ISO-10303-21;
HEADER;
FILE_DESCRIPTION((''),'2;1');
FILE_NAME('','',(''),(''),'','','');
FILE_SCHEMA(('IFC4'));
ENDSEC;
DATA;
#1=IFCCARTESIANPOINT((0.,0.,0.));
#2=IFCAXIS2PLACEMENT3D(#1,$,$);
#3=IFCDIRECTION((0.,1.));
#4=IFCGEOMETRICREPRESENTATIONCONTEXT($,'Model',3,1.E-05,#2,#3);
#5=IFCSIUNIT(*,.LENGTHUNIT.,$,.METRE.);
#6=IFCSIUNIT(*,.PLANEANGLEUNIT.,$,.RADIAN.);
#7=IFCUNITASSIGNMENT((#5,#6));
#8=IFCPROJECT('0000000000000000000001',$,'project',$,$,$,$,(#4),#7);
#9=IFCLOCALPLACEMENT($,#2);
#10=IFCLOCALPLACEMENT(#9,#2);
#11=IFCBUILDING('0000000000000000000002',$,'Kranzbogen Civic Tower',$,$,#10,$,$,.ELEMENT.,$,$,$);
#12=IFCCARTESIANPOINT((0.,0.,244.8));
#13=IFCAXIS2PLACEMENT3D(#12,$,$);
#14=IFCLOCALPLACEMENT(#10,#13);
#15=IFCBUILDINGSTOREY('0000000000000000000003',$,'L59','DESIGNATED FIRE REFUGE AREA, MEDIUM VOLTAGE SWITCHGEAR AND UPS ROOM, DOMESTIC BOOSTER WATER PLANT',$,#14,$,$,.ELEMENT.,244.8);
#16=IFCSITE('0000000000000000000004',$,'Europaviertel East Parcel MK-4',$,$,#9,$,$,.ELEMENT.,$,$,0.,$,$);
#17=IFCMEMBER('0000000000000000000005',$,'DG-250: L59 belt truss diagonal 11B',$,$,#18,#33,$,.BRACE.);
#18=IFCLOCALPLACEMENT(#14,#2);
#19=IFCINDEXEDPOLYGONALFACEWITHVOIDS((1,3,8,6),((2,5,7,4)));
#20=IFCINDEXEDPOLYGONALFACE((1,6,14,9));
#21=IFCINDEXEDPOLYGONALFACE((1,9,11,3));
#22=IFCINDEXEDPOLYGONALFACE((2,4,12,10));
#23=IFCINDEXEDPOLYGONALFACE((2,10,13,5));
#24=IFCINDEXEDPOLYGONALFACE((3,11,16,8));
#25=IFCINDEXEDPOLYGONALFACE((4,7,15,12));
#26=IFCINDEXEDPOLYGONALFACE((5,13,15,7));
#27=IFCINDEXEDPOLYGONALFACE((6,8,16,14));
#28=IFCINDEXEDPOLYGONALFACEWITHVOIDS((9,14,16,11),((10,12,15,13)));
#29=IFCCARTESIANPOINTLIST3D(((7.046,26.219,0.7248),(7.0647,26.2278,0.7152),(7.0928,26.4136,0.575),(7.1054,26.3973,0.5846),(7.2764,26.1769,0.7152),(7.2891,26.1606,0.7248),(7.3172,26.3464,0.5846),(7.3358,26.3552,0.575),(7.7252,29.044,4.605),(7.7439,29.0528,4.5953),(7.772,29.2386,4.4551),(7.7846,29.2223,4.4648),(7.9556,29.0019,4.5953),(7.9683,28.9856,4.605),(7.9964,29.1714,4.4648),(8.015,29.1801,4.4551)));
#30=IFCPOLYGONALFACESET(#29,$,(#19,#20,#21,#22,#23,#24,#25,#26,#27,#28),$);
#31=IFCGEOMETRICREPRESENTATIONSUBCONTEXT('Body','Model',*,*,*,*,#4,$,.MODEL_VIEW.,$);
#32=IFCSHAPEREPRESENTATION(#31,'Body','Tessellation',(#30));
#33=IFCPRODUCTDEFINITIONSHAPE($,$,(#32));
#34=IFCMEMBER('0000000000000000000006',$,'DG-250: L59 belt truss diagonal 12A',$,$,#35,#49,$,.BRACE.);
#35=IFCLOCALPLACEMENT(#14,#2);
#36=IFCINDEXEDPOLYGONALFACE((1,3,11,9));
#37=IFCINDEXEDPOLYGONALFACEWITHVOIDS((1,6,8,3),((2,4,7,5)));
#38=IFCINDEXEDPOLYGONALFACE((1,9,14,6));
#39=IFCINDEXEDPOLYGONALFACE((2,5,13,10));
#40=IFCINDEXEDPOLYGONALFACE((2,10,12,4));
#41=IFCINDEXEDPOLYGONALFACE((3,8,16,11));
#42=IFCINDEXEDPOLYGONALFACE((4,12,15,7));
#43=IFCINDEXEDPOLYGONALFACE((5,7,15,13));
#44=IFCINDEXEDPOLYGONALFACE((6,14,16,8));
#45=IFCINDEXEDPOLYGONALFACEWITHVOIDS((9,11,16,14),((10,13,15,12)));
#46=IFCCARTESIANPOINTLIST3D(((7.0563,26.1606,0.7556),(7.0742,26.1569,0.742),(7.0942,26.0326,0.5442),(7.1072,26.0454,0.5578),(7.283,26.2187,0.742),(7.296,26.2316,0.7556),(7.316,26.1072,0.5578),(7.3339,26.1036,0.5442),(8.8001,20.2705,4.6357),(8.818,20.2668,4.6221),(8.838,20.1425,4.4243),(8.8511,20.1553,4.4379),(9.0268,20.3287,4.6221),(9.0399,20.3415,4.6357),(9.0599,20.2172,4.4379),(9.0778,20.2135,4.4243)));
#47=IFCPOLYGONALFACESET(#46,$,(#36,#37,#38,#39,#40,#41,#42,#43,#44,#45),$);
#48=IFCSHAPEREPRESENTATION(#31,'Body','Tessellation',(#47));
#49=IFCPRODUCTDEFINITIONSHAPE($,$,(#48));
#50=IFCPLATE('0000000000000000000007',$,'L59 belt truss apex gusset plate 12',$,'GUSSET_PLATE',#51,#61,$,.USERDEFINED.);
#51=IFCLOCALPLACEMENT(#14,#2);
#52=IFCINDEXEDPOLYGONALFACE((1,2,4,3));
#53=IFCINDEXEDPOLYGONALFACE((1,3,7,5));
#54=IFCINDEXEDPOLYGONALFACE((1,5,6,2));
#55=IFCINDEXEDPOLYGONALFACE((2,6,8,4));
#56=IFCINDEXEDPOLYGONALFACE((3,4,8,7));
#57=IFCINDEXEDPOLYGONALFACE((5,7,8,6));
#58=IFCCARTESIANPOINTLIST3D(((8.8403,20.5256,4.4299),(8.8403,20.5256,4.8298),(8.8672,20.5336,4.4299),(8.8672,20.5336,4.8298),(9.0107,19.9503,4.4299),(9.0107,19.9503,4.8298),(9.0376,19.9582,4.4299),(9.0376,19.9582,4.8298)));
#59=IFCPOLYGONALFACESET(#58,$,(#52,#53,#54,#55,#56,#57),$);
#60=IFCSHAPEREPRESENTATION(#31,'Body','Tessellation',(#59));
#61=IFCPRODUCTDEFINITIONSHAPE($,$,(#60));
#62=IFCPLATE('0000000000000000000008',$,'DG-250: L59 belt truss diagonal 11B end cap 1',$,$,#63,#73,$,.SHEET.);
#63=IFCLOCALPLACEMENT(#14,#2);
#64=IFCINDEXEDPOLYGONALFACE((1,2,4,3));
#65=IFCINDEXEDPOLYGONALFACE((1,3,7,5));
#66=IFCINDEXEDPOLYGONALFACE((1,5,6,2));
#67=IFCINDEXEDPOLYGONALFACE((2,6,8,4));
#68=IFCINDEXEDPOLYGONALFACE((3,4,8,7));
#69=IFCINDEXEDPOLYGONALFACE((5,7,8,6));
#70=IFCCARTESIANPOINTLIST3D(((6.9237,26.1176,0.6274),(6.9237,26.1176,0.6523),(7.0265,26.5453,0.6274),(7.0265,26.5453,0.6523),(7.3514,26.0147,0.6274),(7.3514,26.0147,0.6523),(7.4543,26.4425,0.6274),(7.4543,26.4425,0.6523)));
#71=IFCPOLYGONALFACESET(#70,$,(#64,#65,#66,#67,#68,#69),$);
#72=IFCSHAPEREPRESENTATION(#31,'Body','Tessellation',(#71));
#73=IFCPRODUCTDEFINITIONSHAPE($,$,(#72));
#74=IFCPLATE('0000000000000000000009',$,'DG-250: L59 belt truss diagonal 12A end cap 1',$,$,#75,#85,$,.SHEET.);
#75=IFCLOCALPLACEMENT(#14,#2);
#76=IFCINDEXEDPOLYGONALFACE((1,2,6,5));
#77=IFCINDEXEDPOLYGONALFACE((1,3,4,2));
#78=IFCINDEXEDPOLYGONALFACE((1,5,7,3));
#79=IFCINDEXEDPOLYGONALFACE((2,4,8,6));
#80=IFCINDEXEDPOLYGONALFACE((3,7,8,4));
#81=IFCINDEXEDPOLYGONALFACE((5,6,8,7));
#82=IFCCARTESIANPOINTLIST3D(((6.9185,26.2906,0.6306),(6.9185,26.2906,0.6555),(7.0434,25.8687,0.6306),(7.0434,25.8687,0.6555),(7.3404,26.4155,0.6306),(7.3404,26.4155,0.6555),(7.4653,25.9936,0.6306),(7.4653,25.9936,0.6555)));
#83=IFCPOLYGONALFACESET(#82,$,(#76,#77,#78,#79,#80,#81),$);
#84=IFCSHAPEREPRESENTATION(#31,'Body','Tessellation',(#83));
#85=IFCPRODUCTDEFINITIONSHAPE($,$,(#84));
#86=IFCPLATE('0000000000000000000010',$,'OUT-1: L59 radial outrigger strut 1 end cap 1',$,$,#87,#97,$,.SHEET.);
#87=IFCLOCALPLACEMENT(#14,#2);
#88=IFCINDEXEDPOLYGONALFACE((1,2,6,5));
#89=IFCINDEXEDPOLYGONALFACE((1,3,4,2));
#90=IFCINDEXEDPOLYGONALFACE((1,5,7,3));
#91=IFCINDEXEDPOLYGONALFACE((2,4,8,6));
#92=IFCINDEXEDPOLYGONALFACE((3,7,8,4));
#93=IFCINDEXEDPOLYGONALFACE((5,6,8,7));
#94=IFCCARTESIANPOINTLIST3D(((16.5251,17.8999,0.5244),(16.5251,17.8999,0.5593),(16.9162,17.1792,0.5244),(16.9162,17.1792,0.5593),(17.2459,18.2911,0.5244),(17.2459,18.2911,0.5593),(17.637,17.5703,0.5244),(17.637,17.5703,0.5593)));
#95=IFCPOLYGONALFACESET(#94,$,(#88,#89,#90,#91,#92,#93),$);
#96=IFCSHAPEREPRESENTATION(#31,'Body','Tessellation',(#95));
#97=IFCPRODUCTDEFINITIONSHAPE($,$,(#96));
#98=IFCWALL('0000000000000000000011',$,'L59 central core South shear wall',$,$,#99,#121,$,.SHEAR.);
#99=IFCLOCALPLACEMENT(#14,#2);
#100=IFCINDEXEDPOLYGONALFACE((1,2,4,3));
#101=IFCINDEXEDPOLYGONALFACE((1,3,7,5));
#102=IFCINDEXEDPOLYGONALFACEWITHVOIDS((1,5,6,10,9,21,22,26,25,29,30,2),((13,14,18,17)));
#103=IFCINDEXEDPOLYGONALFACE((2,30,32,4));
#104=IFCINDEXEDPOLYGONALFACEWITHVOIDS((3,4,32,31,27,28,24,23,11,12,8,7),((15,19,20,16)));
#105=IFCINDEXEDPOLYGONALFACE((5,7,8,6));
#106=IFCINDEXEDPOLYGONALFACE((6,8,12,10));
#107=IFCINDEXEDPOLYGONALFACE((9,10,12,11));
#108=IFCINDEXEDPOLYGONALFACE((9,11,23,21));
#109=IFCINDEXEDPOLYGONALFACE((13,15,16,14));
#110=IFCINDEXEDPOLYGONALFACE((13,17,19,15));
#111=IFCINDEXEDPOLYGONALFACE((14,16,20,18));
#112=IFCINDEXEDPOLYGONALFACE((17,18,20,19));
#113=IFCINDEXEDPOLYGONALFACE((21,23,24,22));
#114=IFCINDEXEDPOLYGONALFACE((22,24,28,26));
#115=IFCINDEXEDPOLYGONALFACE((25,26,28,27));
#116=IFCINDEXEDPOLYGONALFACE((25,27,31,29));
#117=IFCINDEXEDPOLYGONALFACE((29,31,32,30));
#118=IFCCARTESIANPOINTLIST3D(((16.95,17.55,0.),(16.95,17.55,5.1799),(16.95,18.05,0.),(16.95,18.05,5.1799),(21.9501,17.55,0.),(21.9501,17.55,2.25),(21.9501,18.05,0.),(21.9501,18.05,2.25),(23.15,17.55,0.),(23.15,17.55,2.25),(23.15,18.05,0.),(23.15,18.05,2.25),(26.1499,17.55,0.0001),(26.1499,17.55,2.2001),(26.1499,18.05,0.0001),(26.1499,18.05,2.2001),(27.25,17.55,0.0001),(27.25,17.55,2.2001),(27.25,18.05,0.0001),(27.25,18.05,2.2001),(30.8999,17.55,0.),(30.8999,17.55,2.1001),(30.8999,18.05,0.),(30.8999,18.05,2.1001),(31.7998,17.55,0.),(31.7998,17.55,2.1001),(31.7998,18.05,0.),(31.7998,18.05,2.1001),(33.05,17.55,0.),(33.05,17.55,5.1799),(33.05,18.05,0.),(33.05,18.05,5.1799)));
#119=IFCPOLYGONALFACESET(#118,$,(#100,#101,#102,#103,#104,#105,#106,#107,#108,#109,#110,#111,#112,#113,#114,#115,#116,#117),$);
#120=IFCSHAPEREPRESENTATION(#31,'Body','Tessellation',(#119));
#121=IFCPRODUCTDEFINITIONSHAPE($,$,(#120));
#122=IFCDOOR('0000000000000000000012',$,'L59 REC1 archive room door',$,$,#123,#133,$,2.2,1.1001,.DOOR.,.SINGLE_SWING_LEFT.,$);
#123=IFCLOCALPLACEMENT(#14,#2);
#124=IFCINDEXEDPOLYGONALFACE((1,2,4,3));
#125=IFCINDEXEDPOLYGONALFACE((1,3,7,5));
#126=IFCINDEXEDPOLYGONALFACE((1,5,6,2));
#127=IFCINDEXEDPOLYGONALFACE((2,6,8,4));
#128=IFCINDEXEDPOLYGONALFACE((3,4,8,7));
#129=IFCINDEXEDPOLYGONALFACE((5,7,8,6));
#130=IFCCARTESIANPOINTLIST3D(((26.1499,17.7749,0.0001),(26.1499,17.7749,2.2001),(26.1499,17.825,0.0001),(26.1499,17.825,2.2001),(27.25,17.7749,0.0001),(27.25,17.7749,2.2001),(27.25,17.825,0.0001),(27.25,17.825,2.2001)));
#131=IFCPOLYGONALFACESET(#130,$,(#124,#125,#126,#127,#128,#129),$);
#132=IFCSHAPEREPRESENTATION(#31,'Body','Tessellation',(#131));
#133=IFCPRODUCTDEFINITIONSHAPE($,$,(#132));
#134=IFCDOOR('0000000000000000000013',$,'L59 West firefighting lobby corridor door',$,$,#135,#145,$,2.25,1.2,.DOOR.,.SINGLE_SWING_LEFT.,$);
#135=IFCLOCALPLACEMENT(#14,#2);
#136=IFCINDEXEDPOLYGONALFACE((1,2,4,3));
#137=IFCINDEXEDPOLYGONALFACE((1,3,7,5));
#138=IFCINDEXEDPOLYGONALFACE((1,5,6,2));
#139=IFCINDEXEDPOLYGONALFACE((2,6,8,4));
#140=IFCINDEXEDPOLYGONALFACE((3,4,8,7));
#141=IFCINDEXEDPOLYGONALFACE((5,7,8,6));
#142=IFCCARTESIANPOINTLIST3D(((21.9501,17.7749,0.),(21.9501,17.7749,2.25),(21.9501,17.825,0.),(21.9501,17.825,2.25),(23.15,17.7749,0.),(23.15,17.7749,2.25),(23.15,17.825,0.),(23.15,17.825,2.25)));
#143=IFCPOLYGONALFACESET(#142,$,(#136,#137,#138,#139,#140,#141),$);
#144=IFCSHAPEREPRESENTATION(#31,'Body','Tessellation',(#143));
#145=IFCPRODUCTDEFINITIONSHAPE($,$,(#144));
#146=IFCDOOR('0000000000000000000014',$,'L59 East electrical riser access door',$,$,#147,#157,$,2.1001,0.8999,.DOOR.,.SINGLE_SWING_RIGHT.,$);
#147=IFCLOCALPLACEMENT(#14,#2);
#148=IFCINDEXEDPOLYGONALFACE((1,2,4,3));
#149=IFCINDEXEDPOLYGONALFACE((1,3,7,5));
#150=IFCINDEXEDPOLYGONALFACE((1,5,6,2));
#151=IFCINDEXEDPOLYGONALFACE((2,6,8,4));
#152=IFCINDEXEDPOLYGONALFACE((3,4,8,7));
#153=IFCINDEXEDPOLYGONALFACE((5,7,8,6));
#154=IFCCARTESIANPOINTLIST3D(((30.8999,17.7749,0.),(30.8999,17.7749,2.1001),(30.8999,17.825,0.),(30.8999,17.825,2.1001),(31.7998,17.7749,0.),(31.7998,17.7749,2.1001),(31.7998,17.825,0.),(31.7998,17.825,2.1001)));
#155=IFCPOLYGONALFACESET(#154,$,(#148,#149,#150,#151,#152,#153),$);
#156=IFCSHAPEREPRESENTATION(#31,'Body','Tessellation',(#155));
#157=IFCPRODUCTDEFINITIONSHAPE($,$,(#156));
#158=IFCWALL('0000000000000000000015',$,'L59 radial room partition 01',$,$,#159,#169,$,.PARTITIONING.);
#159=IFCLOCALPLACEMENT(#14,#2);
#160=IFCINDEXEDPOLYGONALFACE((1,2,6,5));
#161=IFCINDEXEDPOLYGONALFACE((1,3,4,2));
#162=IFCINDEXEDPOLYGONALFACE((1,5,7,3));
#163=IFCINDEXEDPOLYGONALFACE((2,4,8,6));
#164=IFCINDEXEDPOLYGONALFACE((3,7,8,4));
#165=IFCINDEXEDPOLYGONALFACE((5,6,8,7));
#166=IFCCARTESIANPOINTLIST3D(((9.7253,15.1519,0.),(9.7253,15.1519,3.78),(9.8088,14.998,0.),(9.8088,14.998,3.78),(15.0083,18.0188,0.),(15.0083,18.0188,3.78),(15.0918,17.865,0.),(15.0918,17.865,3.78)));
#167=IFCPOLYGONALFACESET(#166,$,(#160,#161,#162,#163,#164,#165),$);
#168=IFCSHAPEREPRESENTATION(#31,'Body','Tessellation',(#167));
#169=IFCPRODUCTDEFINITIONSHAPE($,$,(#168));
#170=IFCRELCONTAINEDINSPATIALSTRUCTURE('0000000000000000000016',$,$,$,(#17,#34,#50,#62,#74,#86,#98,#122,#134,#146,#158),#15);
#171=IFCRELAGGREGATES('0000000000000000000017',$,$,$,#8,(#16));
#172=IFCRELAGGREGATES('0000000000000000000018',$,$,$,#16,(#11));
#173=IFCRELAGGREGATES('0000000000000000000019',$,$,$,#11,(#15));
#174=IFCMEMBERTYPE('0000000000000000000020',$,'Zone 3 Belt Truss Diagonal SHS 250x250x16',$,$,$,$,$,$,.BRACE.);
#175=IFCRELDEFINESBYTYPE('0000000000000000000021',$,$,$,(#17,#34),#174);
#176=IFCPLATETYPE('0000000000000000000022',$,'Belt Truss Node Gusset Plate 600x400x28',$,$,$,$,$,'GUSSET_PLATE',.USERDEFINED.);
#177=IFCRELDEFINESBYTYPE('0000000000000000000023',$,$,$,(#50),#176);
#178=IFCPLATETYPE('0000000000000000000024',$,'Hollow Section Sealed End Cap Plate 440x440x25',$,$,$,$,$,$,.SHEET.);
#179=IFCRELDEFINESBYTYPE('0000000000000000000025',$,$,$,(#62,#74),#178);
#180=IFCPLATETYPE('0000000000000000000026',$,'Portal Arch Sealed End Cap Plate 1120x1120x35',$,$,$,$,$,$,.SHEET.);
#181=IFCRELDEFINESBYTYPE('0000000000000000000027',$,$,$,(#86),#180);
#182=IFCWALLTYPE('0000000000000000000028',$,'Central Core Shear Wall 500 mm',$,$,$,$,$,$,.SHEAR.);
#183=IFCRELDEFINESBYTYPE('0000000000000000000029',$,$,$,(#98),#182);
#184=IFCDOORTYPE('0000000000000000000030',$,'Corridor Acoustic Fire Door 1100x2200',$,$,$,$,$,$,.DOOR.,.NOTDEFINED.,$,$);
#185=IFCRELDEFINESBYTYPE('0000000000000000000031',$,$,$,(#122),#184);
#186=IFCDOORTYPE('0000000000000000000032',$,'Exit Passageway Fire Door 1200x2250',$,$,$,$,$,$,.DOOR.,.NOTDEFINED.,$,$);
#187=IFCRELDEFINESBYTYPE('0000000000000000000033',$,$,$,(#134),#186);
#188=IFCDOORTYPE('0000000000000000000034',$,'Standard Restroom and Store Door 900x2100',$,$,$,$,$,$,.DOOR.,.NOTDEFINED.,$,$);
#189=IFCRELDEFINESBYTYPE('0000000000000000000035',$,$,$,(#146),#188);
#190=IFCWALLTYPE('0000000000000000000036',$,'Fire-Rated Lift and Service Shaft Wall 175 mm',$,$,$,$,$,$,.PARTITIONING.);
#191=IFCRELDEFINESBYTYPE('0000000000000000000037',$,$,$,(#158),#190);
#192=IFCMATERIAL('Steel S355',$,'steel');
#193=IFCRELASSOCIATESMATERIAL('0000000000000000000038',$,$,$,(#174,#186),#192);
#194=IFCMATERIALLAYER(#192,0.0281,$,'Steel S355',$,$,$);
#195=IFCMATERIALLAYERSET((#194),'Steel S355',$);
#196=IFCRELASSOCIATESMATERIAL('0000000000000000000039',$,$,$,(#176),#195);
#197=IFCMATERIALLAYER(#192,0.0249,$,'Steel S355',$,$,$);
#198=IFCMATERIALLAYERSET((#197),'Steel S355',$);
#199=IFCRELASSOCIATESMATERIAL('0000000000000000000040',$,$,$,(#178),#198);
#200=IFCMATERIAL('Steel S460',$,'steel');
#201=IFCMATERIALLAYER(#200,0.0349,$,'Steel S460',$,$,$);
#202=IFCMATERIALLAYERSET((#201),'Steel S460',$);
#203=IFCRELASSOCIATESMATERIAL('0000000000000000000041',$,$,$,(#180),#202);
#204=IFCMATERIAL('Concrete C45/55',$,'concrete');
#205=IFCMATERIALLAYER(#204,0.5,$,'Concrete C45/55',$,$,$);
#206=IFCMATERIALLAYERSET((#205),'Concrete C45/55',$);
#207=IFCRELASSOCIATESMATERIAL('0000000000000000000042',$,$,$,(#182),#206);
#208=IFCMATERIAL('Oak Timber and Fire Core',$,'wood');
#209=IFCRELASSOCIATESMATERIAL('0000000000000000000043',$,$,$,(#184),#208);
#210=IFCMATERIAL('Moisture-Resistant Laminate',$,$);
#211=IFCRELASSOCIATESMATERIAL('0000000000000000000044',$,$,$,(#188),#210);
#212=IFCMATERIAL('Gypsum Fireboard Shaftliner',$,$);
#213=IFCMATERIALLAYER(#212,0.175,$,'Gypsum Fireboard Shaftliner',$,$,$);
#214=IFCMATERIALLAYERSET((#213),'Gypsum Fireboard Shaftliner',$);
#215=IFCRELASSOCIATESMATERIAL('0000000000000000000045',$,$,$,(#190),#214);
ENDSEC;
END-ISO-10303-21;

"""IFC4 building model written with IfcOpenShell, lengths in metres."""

from ifc_helpers import new_model, si_unit, direction, frame, frame_2d, origin, origin_2d, place, context, subcontext, project, spatial, rectangle, hollow_rectangle, extrude, material, layer, layer_set, material_profile, profile_set, type_object, element, fill, save


model = new_model("IFC4")

# Units and contexts
model_context = context("Model", 3, precision=1e-05, world=origin(), true_north=direction((0.0, 1.0)))
body_context = subcontext(model_context, "Body", "Model", "MODEL_VIEW")
ifc_project = project(units=[si_unit("LENGTHUNIT", "METRE"), si_unit("PLANEANGLEUNIT", "RADIAN")], contexts=[model_context])

# Site, building, storey
site_placement = place(None, origin())
site = spatial("IfcSite", under=ifc_project, at=site_placement, Name="Europaviertel East Parcel MK-4", CompositionType="ELEMENT", RefElevation=0.0)
building_placement = place(site_placement, origin())
building = spatial("IfcBuilding", under=site, at=building_placement, Name="Kranzbogen Civic Tower", CompositionType="ELEMENT")
storey_placement = place(building_placement, frame((0.0, 0.0, 244.8)))
storey = spatial("IfcBuildingStorey", under=building, at=storey_placement, Name="L59", Description="DESIGNATED FIRE REFUGE AREA, MEDIUM VOLTAGE SWITCHGEAR AND UPS ROOM, DOMESTIC BOOSTER WATER PLANT", CompositionType="ELEMENT", Elevation=244.8)

# Shared definitions
ifc_material_1 = material(Name="Steel S355", Category="steel")

# Shared definitions
ifc_material_2 = material(Name="Steel S460", Category="steel")

# Members
ifc_material_profile_1 = material_profile(ifc_material_1, hollow_rectangle(XDim=0.25, YDim=0.25, WallThickness=0.0161, at=origin_2d()), Name="SHS 250x250x16")
ifc_profile_set_1 = profile_set([ifc_material_profile_1], Name="Steel S355")
member_type_1 = type_object("IfcMemberType", Name="Zone 3 Belt Truss Diagonal SHS 250x250x16", PredefinedType="BRACE", material=ifc_profile_set_1)
member_1_placement = place(storey_placement, frame((7.1909, 26.2871, 0.6499), z_axis=(0.140117, 0.58278, 0.800459), x_axis=(-0.972293, 0.233767, 0.0)))
element("IfcMember", 1, at=member_1_placement, inside=storey, type_object=member_type_1, Name="DG-250: L59 belt truss diagonal 11B", PredefinedType="BRACE", context=body_context, shape_type="SweptSolid", body=[
    extrude(hollow_rectangle(XDim=0.25, YDim=0.25, WallThickness=0.0161, at=origin_2d()), origin(), (0.0, 0.0, 1.0), 4.8474),
])
member_2_placement = place(storey_placement, frame((7.1951, 26.1321, 0.6499), z_axis=(0.240018, -0.810678, 0.534034), x_axis=(0.958857, 0.283889, 0.0)))
element("IfcMember", 2, at=member_2_placement, inside=storey, type_object=member_type_1, Name="DG-250: L59 belt truss diagonal 12A", PredefinedType="BRACE", context=body_context, shape_type="SweptSolid", body=[
    extrude(hollow_rectangle(XDim=0.25, YDim=0.25, WallThickness=0.0161, at=origin_2d()), origin(), (0.0, 0.0, 1.0), 7.2656),
])

# Plates
ifc_layer_1 = layer(ifc_material_1, 0.0281, Name="Steel S355")
ifc_layer_set_1 = layer_set([ifc_layer_1], Name="Steel S355")
plate_type_1 = type_object("IfcPlateType", Name="Belt Truss Node Gusset Plate 600x400x28", ElementType="GUSSET_PLATE", PredefinedType="USERDEFINED", material=ifc_layer_set_1)
plate_1_placement = place(storey_placement, frame((8.939, 20.2419, 4.4299), z_axis=(0.0, 0.0, 1.0), x_axis=(0.284032, -0.958815, 0.0)))
element("IfcPlate", 3, at=plate_1_placement, inside=storey, type_object=plate_type_1, Name="L59 belt truss apex gusset plate 12", ObjectType="GUSSET_PLATE", PredefinedType="USERDEFINED", context=body_context, shape_type="SweptSolid", body=[
    extrude(rectangle(XDim=0.6001, YDim=0.0281, at=origin_2d()), origin(), (0.0, 0.0, 1.0), 0.3999),
])
ifc_layer_2 = layer(ifc_material_1, 0.0249, Name="Steel S355")
ifc_layer_set_2 = layer_set([ifc_layer_2], Name="Steel S355")
plate_type_2 = type_object("IfcPlateType", Name="Hollow Section Sealed End Cap Plate 440x440x25", PredefinedType="SHEET", material=ifc_layer_set_2)
for number, where, z_axis, x_axis, name in (
    (4, (7.189, 26.28, 0.6274), (0.0, 0.0, 1.0), (0.2337, 0.972309, 0.0), "DG-250: L59 belt truss diagonal 11B end cap 1"),
    (5, (7.1919, 26.1421, 0.6306), (0.0, 0.0, 1.0), (0.283915, -0.958849, 0.0), "DG-250: L59 belt truss diagonal 12A end cap 1"),
):
    element("IfcPlate", number, at=place(storey_placement, frame(where, z_axis=z_axis, x_axis=x_axis)), inside=storey, type_object=plate_type_2, Name=name, PredefinedType="SHEET", context=body_context, shape_type="SweptSolid", body=[
        extrude(rectangle(XDim=0.4399, YDim=0.4399, at=origin_2d()), origin(), (0.0, 0.0, 1.0), 0.0249),
    ])
ifc_layer_3 = layer(ifc_material_2, 0.0349, Name="Steel S460")
ifc_layer_set_3 = layer_set([ifc_layer_3], Name="Steel S460")
plate_type_3 = type_object("IfcPlateType", Name="Portal Arch Sealed End Cap Plate 1120x1120x35", PredefinedType="SHEET", material=ifc_layer_set_3)
plate_2_placement = place(storey_placement, frame((17.0811, 17.7351, 0.5244), z_axis=(0.0, 0.0, 1.0), x_axis=(-0.878942, -0.476929, 0.0)))
element("IfcPlate", 6, at=plate_2_placement, inside=storey, type_object=plate_type_3, Name="OUT-1: L59 radial outrigger strut 1 end cap 1", PredefinedType="SHEET", context=body_context, shape_type="SweptSolid", body=[
    extrude(rectangle(XDim=0.8201, YDim=0.8201, at=origin_2d()), origin(), (0.0, 0.0, 1.0), 0.0349),
])

# Wall, openings, doors
ifc_material_3 = material(Name="Concrete C45/55", Category="concrete")
ifc_layer_4 = layer(ifc_material_3, 0.5, Name="Concrete C45/55")
ifc_layer_set_4 = layer_set([ifc_layer_4], Name="Concrete C45/55")
wall_type_1 = type_object("IfcWallType", Name="Central Core Shear Wall 500 mm", PredefinedType="SHEAR", material=ifc_layer_set_4)
wall_1_placement = place(storey_placement, frame((16.95, 17.8, 0.0), z_axis=(0.0, 0.0, 1.0), x_axis=(1.0, 0.0, 0.0)))
wall_1 = element("IfcWall", 7, at=wall_1_placement, inside=storey, type_object=wall_type_1, Name="L59 central core South shear wall", PredefinedType="SHEAR", context=body_context, shape_type="SweptSolid", body=[
    extrude(rectangle(XDim=16.1001, YDim=0.5, at=frame_2d((8.05, 0.0))), origin(), (0.0, 0.0, 1.0), 5.1799),
])
opening_1_placement = place(wall_1_placement, frame((5.0, 0.0, 0.0)))
opening_1 = element("IfcOpeningElement", 8, at=opening_1_placement, cuts=wall_1, PredefinedType="OPENING", context=body_context, shape_type="SweptSolid", body=[
    extrude(rectangle(XDim=1.2, YDim=2.25, at=frame_2d((0.6001, 1.125))), frame((0.0, 0.26, 0.0), z_axis=(0.0, -1.0, 0.0), x_axis=(1.0, 0.0, 0.0)), (0.0, 0.0, 1.0), 0.52),
])
opening_2_placement = place(wall_1_placement, frame((13.95, 0.0, 0.0)))
opening_2 = element("IfcOpeningElement", 9, at=opening_2_placement, cuts=wall_1, PredefinedType="OPENING", context=body_context, shape_type="SweptSolid", body=[
    extrude(rectangle(XDim=0.8999, YDim=2.1001, at=frame_2d((0.45, 1.05))), frame((0.0, 0.26, 0.0), z_axis=(0.0, -1.0, 0.0), x_axis=(1.0, 0.0, 0.0)), (0.0, 0.0, 1.0), 0.52),
])
opening_3_placement = place(wall_1_placement, frame((9.2, 0.0, 0.0)))
opening_3 = element("IfcOpeningElement", 10, at=opening_3_placement, cuts=wall_1, PredefinedType="OPENING", context=body_context, shape_type="SweptSolid", body=[
    extrude(rectangle(XDim=1.1001, YDim=2.2, at=frame_2d((0.55, 1.1001))), frame((0.0, 0.26, 0.0), z_axis=(0.0, -1.0, 0.0), x_axis=(1.0, 0.0, 0.0)), (0.0, 0.0, 1.0), 0.52),
])
ifc_material_4 = material(Name="Oak Timber and Fire Core", Category="wood")
door_type_1 = type_object("IfcDoorType", Name="Corridor Acoustic Fire Door 1100x2200", OperationType="NOTDEFINED", PredefinedType="DOOR", material=ifc_material_4)
door_1_placement = place(opening_3_placement, origin())
door_1 = element("IfcDoor", 11, at=door_1_placement, inside=storey, type_object=door_type_1, Name="L59 REC1 archive room door", OperationType="SINGLE_SWING_LEFT", OverallHeight=2.2, OverallWidth=1.1001, PredefinedType="DOOR", context=body_context, shape_type="SweptSolid", body=[
    extrude(rectangle(XDim=1.1001, YDim=2.2, at=frame_2d((0.55, 1.1001))), frame((0.0, 0.0249, 0.0), z_axis=(0.0, -1.0, 0.0), x_axis=(1.0, 0.0, 0.0)), (0.0, 0.0, 1.0), 0.05),
])
fill(opening_3, door_1)
door_type_2 = type_object("IfcDoorType", Name="Exit Passageway Fire Door 1200x2250", OperationType="NOTDEFINED", PredefinedType="DOOR", material=ifc_material_1)
door_2_placement = place(opening_1_placement, origin())
door_2 = element("IfcDoor", 12, at=door_2_placement, inside=storey, type_object=door_type_2, Name="L59 West firefighting lobby corridor door", OperationType="SINGLE_SWING_LEFT", OverallHeight=2.25, OverallWidth=1.2, PredefinedType="DOOR", context=body_context, shape_type="SweptSolid", body=[
    extrude(rectangle(XDim=1.2, YDim=2.25, at=frame_2d((0.6001, 1.125))), frame((0.0, 0.0249, 0.0), z_axis=(0.0, -1.0, 0.0), x_axis=(1.0, 0.0, 0.0)), (0.0, 0.0, 1.0), 0.05),
])
fill(opening_1, door_2)
ifc_material_5 = material(Name="Moisture-Resistant Laminate")
door_type_3 = type_object("IfcDoorType", Name="Standard Restroom and Store Door 900x2100", OperationType="NOTDEFINED", PredefinedType="DOOR", material=ifc_material_5)
door_3_placement = place(opening_2_placement, origin())
door_3 = element("IfcDoor", 13, at=door_3_placement, inside=storey, type_object=door_type_3, Name="L59 East electrical riser access door", OperationType="SINGLE_SWING_RIGHT", OverallHeight=2.1001, OverallWidth=0.8999, PredefinedType="DOOR", context=body_context, shape_type="SweptSolid", body=[
    extrude(rectangle(XDim=0.8999, YDim=2.1001, at=frame_2d((0.45, 1.05))), frame((0.0, 0.0249, 0.0), z_axis=(0.0, -1.0, 0.0), x_axis=(1.0, 0.0, 0.0)), (0.0, 0.0, 1.0), 0.05),
])
fill(opening_2, door_3)

# Wall
ifc_material_6 = material(Name="Gypsum Fireboard Shaftliner")
ifc_layer_5 = layer(ifc_material_6, 0.175, Name="Gypsum Fireboard Shaftliner")
ifc_layer_set_5 = layer_set([ifc_layer_5], Name="Gypsum Fireboard Shaftliner")
wall_type_2 = type_object("IfcWallType", Name="Fire-Rated Lift and Service Shaft Wall 175 mm", PredefinedType="PARTITIONING", material=ifc_layer_set_5)
wall_2_placement = place(storey_placement, frame((15.05, 17.9419, 0.0), z_axis=(0.0, 0.0, 1.0), x_axis=(-0.87892, -0.47697, 0.0)))
element("IfcWall", 14, at=wall_2_placement, inside=storey, type_object=wall_type_2, Name="L59 radial room partition 01", PredefinedType="PARTITIONING", context=body_context, shape_type="SweptSolid", body=[
    extrude(rectangle(XDim=6.0107, YDim=0.175, at=frame_2d((3.0054, 0.0))), origin(), (0.0, 0.0, 1.0), 3.78),
])

save(model, "model.ifc")
